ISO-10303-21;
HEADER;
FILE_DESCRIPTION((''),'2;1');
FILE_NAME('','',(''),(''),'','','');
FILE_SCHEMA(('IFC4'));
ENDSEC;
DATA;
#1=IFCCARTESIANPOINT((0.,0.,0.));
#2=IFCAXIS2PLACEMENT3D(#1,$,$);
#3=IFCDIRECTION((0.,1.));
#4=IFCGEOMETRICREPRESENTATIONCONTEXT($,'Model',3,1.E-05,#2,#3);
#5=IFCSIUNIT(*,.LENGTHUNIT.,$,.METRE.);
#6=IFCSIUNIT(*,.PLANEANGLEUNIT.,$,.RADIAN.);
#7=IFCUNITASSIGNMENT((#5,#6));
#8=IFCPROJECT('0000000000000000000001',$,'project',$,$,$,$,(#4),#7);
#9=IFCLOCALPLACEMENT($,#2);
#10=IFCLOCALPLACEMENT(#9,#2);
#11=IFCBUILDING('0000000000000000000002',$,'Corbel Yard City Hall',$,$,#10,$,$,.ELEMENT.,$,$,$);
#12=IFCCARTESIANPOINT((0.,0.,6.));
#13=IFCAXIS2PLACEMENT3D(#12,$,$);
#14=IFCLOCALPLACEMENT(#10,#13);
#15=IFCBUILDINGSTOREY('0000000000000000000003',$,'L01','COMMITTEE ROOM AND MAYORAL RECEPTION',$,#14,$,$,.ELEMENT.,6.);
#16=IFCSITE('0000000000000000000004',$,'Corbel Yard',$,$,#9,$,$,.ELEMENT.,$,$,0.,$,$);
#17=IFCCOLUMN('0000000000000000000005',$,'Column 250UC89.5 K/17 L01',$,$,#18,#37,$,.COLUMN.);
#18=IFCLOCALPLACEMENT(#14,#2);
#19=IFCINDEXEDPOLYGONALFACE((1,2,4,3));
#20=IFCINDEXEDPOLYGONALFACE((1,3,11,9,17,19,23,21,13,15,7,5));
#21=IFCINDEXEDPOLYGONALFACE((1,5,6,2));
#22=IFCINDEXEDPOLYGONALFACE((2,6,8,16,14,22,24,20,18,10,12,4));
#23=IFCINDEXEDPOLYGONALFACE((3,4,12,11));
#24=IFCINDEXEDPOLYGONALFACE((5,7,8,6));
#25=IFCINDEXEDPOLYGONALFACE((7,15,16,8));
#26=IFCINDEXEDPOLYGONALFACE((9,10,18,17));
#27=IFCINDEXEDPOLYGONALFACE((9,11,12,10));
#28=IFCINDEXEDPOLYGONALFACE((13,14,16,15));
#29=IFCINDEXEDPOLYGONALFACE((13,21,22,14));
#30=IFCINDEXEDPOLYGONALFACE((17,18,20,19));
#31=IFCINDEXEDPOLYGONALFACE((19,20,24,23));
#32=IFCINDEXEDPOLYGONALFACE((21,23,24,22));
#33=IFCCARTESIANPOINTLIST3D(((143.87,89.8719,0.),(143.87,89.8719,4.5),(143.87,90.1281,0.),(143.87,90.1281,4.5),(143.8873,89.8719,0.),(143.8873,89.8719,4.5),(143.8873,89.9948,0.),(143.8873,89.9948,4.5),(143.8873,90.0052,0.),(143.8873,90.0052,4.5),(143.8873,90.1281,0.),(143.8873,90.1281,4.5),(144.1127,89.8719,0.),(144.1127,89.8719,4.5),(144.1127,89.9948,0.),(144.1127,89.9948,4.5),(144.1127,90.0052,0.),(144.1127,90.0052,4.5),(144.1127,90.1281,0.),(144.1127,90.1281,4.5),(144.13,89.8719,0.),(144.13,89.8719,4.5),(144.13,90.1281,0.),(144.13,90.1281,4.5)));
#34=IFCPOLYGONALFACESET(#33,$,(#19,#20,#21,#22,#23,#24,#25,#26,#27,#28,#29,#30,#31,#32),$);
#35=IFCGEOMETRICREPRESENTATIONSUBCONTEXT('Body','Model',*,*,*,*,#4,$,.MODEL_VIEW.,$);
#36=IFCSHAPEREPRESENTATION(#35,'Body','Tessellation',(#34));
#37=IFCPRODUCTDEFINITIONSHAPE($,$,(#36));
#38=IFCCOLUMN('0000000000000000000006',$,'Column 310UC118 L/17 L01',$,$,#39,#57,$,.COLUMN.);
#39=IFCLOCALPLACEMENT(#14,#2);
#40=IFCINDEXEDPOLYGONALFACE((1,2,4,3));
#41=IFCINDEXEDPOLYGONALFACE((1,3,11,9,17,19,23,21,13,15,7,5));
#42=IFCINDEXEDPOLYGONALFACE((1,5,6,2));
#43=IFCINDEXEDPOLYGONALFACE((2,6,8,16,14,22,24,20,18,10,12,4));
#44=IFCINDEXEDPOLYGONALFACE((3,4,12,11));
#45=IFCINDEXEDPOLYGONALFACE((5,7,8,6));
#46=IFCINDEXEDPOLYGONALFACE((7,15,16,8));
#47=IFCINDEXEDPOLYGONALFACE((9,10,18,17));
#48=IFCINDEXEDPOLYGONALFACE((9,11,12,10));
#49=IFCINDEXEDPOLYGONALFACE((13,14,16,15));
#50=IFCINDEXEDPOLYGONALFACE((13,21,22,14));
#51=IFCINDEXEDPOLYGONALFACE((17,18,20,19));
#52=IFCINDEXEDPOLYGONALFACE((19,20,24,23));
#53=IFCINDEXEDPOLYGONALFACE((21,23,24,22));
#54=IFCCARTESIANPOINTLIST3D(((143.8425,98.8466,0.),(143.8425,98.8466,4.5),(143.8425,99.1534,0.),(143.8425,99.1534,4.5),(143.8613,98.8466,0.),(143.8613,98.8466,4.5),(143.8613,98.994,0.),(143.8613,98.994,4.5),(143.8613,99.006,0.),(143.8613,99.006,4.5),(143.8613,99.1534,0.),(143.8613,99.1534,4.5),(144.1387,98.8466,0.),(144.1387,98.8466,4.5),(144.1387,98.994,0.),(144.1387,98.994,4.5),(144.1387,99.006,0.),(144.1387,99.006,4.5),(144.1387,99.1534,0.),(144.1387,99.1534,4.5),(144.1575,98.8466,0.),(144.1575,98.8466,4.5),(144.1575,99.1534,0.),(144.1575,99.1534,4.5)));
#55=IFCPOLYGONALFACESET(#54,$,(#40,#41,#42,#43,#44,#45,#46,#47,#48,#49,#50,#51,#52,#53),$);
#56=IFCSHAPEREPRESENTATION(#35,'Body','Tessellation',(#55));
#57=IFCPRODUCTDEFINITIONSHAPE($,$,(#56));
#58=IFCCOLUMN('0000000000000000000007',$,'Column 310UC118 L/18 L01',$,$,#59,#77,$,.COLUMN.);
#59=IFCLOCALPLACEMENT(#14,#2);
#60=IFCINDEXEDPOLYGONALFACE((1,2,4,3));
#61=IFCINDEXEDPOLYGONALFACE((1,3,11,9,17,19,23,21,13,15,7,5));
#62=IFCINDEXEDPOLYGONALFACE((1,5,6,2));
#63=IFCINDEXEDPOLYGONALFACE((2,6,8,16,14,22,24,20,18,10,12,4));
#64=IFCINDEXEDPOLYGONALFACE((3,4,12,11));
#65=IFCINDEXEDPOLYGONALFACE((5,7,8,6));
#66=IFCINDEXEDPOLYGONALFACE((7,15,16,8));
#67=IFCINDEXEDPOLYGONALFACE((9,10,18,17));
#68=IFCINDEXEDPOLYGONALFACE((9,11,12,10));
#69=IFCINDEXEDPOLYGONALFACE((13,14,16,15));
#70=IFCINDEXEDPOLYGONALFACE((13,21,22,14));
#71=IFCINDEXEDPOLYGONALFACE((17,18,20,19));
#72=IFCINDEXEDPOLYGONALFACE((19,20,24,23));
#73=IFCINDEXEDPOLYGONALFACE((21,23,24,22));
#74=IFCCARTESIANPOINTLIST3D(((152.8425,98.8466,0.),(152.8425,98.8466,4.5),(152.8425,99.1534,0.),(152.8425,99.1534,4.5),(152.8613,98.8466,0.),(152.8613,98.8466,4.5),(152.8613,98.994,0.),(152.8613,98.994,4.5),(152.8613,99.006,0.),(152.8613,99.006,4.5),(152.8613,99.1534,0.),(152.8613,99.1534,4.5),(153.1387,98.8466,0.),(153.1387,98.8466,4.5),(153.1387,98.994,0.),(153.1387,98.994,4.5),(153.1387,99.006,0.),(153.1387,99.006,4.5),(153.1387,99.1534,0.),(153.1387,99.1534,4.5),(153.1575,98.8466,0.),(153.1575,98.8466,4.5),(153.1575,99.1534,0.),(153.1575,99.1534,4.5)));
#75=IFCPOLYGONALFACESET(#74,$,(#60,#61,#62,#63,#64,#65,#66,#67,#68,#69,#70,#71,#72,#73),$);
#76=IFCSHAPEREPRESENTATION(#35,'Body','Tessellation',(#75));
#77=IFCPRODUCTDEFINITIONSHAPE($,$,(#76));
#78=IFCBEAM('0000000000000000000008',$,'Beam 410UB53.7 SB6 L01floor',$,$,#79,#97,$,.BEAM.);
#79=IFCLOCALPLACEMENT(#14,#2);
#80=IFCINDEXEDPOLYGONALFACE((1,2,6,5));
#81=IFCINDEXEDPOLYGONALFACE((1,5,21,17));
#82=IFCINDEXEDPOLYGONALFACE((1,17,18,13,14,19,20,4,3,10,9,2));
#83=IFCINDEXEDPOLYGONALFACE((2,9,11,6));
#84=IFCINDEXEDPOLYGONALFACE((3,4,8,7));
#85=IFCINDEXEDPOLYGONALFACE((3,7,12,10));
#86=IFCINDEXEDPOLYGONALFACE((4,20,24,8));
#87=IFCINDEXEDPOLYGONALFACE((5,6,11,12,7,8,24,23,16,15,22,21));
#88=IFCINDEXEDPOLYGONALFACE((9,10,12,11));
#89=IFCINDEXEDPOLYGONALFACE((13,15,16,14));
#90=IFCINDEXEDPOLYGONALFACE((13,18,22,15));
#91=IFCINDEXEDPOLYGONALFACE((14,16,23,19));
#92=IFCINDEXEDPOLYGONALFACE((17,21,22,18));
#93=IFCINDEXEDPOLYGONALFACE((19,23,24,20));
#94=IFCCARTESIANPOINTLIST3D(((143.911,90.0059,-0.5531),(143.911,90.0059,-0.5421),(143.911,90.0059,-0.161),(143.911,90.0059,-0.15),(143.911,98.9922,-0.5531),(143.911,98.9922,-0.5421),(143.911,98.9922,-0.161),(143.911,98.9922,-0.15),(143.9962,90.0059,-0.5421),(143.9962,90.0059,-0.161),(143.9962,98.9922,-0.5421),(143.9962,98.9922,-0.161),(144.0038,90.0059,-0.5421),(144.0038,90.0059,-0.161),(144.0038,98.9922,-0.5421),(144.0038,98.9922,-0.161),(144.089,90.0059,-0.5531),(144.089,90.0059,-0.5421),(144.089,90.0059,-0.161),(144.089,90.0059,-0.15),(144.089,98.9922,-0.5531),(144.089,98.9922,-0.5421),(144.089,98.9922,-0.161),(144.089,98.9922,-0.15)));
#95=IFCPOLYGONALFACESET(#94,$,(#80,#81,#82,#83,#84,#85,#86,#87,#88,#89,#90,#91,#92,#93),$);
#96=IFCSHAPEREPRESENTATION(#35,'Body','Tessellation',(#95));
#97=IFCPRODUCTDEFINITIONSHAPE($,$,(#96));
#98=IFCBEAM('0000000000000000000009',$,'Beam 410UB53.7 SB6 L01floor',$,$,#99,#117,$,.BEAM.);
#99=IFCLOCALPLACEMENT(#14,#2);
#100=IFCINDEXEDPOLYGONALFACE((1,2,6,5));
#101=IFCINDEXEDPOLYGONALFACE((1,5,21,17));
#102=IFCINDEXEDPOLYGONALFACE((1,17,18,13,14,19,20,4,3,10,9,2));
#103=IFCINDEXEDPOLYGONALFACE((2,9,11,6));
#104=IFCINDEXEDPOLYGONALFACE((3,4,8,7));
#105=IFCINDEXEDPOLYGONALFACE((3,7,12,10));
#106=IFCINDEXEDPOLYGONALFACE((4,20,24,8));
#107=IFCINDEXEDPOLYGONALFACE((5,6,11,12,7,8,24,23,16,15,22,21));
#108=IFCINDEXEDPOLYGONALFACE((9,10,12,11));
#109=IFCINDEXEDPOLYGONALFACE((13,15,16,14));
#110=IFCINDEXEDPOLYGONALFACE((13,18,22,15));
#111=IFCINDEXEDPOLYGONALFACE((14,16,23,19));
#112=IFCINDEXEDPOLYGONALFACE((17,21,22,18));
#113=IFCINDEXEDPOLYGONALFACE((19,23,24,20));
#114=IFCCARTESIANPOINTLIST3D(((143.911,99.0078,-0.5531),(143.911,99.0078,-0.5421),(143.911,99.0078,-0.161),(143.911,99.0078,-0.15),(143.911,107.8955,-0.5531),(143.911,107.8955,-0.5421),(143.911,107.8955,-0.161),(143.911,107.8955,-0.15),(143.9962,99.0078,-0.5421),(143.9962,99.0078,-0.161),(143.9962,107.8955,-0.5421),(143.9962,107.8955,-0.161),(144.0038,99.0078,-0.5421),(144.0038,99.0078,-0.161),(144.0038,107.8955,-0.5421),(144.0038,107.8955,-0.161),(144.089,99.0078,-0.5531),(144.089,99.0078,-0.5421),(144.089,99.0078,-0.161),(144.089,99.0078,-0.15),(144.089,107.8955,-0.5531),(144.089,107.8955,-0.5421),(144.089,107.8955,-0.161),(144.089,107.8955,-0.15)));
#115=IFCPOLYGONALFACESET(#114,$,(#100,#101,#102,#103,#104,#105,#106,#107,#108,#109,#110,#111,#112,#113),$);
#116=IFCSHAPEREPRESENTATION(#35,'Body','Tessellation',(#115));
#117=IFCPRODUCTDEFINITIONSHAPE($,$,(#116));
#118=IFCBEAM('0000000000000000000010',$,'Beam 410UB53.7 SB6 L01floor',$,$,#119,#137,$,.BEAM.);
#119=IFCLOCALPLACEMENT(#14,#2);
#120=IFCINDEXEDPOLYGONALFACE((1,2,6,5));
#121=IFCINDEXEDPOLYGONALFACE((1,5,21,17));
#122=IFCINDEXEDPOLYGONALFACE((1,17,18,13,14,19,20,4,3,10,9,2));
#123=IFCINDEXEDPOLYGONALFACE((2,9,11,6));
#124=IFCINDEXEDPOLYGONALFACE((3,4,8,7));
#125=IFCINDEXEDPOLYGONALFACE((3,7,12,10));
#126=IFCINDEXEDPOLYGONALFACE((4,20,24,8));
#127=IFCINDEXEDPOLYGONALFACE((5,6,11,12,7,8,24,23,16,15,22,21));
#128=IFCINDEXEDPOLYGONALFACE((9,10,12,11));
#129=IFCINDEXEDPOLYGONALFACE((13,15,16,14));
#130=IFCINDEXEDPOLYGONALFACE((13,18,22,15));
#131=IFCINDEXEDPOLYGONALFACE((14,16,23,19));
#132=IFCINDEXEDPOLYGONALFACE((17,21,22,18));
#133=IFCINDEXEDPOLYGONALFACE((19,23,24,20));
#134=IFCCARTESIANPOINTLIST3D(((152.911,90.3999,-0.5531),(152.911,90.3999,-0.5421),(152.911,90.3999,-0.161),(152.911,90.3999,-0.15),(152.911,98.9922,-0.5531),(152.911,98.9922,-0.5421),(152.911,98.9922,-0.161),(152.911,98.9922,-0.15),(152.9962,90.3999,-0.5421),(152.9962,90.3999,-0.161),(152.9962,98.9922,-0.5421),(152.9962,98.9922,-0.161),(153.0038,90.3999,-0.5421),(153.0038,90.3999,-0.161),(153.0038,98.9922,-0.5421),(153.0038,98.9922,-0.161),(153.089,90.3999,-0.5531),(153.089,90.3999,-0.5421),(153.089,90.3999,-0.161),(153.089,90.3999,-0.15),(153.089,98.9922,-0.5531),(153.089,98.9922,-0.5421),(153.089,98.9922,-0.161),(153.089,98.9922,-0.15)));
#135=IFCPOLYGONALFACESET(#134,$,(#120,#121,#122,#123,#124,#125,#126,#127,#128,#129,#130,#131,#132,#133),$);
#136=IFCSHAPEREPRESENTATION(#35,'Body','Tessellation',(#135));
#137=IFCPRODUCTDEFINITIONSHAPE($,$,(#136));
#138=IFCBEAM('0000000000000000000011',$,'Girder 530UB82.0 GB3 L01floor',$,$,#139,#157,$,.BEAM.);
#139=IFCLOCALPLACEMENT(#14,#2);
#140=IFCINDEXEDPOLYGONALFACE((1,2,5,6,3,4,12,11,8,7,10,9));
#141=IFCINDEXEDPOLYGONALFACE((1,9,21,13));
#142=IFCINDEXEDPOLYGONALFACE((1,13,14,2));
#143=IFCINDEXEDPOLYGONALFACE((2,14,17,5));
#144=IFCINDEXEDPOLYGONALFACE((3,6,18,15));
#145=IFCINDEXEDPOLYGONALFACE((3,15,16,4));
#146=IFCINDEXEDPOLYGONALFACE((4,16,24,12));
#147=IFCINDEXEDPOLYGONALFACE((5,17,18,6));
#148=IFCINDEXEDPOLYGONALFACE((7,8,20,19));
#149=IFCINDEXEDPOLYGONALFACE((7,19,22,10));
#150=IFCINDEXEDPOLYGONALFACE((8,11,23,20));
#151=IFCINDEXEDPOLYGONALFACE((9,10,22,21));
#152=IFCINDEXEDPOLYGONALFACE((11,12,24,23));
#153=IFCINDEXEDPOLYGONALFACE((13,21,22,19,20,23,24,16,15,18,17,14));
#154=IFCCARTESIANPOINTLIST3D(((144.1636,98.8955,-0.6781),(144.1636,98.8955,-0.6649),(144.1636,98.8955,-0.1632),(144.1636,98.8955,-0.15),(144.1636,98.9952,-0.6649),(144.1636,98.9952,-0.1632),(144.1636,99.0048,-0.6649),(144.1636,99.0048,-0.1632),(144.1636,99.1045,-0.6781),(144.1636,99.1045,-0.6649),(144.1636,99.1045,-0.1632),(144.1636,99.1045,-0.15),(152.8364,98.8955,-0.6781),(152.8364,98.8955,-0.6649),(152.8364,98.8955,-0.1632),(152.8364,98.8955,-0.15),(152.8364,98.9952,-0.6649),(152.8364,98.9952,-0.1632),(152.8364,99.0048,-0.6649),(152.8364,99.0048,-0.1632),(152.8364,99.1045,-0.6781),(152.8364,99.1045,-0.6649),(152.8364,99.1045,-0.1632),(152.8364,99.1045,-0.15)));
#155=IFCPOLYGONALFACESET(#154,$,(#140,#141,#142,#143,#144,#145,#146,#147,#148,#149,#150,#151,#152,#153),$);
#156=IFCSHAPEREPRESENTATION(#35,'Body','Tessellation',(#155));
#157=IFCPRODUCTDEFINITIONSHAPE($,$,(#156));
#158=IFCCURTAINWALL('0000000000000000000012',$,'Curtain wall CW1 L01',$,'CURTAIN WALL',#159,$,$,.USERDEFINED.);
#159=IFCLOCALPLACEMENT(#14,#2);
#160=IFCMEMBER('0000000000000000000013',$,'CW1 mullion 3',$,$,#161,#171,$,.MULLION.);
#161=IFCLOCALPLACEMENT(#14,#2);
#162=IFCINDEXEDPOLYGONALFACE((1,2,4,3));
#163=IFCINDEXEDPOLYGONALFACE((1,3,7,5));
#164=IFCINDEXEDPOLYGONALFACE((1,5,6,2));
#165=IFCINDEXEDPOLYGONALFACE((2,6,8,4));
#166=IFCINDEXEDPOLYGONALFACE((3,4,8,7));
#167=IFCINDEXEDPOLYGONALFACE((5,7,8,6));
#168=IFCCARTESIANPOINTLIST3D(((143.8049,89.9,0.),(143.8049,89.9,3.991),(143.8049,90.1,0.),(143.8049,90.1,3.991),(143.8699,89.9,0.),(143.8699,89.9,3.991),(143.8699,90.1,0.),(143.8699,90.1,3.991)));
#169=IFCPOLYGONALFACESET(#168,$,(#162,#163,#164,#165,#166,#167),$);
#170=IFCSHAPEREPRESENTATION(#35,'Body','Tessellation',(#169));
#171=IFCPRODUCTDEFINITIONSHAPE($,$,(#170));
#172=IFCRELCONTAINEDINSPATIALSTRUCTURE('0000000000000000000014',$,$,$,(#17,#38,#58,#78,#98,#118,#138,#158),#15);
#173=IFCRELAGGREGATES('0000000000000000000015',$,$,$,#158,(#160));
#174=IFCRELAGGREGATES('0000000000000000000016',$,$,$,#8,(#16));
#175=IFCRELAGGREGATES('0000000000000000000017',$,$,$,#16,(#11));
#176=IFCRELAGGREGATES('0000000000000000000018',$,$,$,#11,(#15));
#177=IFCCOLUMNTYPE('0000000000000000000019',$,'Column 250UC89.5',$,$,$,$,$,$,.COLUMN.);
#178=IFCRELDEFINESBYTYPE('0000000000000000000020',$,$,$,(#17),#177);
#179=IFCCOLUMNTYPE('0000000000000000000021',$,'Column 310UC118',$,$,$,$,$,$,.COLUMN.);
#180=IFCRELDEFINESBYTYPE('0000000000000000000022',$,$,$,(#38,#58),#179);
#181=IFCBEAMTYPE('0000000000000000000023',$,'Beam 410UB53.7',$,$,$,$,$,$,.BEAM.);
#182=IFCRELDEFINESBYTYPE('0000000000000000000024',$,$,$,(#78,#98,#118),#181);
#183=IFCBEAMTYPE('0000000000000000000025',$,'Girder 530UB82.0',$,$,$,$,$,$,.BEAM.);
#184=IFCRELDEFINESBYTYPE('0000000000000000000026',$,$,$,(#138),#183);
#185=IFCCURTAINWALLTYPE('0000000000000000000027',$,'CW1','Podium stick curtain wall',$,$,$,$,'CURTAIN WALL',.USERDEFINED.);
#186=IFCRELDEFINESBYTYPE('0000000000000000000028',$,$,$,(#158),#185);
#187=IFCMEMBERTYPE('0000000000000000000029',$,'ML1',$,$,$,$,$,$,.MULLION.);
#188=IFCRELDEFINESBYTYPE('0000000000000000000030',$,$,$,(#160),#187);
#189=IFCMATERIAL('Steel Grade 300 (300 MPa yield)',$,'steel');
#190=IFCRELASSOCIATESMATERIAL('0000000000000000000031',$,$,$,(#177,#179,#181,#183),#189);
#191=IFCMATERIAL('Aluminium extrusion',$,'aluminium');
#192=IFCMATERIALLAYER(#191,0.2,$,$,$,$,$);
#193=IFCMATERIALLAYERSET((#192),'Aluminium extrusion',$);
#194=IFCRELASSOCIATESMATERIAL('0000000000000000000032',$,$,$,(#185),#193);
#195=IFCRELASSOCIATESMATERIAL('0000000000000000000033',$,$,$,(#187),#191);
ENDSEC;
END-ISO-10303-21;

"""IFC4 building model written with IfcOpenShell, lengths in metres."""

from ifc_helpers import new_model, si_unit, direction, frame, origin, origin_2d, place, context, subcontext, project, spatial, rectangle, i_section, extrude, material, layer, layer_set, material_profile, profile_set, type_object, element, aggregate, save


model = new_model("IFC4")

# Units and contexts
model_context = context("Model", 3, precision=1e-05, world=origin(), true_north=direction((0.0, 1.0)))
body_context = subcontext(model_context, "Body", "Model", "MODEL_VIEW")
ifc_project = project(units=[si_unit("LENGTHUNIT", "METRE"), si_unit("PLANEANGLEUNIT", "RADIAN")], contexts=[model_context])

# Site, building, storey
site_placement = place(None, origin())
site = spatial("IfcSite", under=ifc_project, at=site_placement, Name="Corbel Yard", CompositionType="ELEMENT", RefElevation=0.0)
building_placement = place(site_placement, origin())
building = spatial("IfcBuilding", under=site, at=building_placement, Name="Corbel Yard City Hall", CompositionType="ELEMENT")
storey_placement = place(building_placement, frame((0.0, 0.0, 6.0)))
storey = spatial("IfcBuildingStorey", under=building, at=storey_placement, Name="L01", Description="COMMITTEE ROOM AND MAYORAL RECEPTION", CompositionType="ELEMENT", Elevation=6.0)

# Columns
ifc_material_1 = material(Name="Steel Grade 300 (300 MPa yield)", Category="steel")
ifc_material_profile_1 = material_profile(ifc_material_1, i_section(OverallWidth=0.2561, OverallDepth=0.26, WebThickness=0.0105, FlangeThickness=0.0173, at=origin_2d()), Name="250UC89.5")
ifc_profile_set_1 = profile_set([ifc_material_profile_1], Name="Steel Grade 300 (300 MPa yield)")
column_type_1 = type_object("IfcColumnType", Name="Column 250UC89.5", PredefinedType="COLUMN", material=ifc_profile_set_1)
column_placement = place(storey_placement, frame((144.0, 90.0, 0.0), z_axis=(0.0, 0.0, 1.0), x_axis=(0.0, 1.0, 0.0)))
element("IfcColumn", 1, at=column_placement, inside=storey, type_object=column_type_1, Name="Column 250UC89.5 K/17 L01", PredefinedType="COLUMN", context=body_context, shape_type="SweptSolid", body=[
    extrude(i_section(OverallWidth=0.2561, OverallDepth=0.26, WebThickness=0.0105, FlangeThickness=0.0173, at=origin_2d()), origin(), (0.0, 0.0, 1.0), 4.5),
])
ifc_material_profile_2 = material_profile(ifc_material_1, i_section(OverallWidth=0.3069, OverallDepth=0.3149, WebThickness=0.012, FlangeThickness=0.0188, at=origin_2d()), Name="310UC118")
ifc_profile_set_2 = profile_set([ifc_material_profile_2], Name="Steel Grade 300 (300 MPa yield)")
column_type_2 = type_object("IfcColumnType", Name="Column 310UC118", PredefinedType="COLUMN", material=ifc_profile_set_2)
for number, where, z_axis, x_axis, name in (
    (2, (144.0, 99.0, 0.0), (0.0, 0.0, 1.0), (0.0, 1.0, 0.0), "Column 310UC118 L/17 L01"),
    (3, (153.0, 99.0, 0.0), (0.0, 0.0, 1.0), (0.0, 1.0, 0.0), "Column 310UC118 L/18 L01"),
):
    element("IfcColumn", number, at=place(storey_placement, frame(where, z_axis=z_axis, x_axis=x_axis)), inside=storey, type_object=column_type_2, Name=name, PredefinedType="COLUMN", context=body_context, shape_type="SweptSolid", body=[
        extrude(i_section(OverallWidth=0.3069, OverallDepth=0.3149, WebThickness=0.012, FlangeThickness=0.0188, at=origin_2d()), origin(), (0.0, 0.0, 1.0), 4.5),
    ])

# Beams
ifc_material_profile_3 = material_profile(ifc_material_1, i_section(OverallWidth=0.178, OverallDepth=0.4031, WebThickness=0.0076, FlangeThickness=0.011, at=origin_2d()), Name="410UB53.7")
ifc_profile_set_3 = profile_set([ifc_material_profile_3], Name="Steel Grade 300 (300 MPa yield)")
beam_type_1 = type_object("IfcBeamType", Name="Beam 410UB53.7", PredefinedType="BEAM", material=ifc_profile_set_3)
beam_1_placement = place(storey_placement, frame((144.0, 90.0059, -0.3516), z_axis=(0.0, 1.0, 0.0), x_axis=(-1.0, 0.0, 0.0)))
element("IfcBeam", 4, at=beam_1_placement, inside=storey, type_object=beam_type_1, Name="Beam 410UB53.7 SB6 L01floor", PredefinedType="BEAM", context=body_context, shape_type="SweptSolid", body=[
    extrude(i_section(OverallWidth=0.178, OverallDepth=0.4031, WebThickness=0.0076, FlangeThickness=0.011, at=origin_2d()), origin(), (0.0, 0.0, 1.0), 8.9863),
])
beam_2_placement = place(storey_placement, frame((144.0, 99.0078, -0.3516), z_axis=(0.0, 1.0, 0.0), x_axis=(-1.0, 0.0, 0.0)))
element("IfcBeam", 5, at=beam_2_placement, inside=storey, type_object=beam_type_1, Name="Beam 410UB53.7 SB6 L01floor", PredefinedType="BEAM", context=body_context, shape_type="SweptSolid", body=[
    extrude(i_section(OverallWidth=0.178, OverallDepth=0.4031, WebThickness=0.0076, FlangeThickness=0.011, at=origin_2d()), origin(), (0.0, 0.0, 1.0), 8.8877),
])
beam_3_placement = place(storey_placement, frame((153.0, 90.3999, -0.3516), z_axis=(0.0, 1.0, 0.0), x_axis=(-1.0, 0.0, 0.0)))
element("IfcBeam", 6, at=beam_3_placement, inside=storey, type_object=beam_type_1, Name="Beam 410UB53.7 SB6 L01floor", PredefinedType="BEAM", context=body_context, shape_type="SweptSolid", body=[
    extrude(i_section(OverallWidth=0.178, OverallDepth=0.4031, WebThickness=0.0076, FlangeThickness=0.011, at=origin_2d()), origin(), (0.0, 0.0, 1.0), 8.5923),
])
ifc_material_profile_4 = material_profile(ifc_material_1, i_section(OverallWidth=0.209, OverallDepth=0.5281, WebThickness=0.0095, FlangeThickness=0.0132, at=origin_2d()), Name="530UB82.0")
ifc_profile_set_4 = profile_set([ifc_material_profile_4], Name="Steel Grade 300 (300 MPa yield)")
beam_type_2 = type_object("IfcBeamType", Name="Girder 530UB82.0", PredefinedType="BEAM", material=ifc_profile_set_4)
beam_4_placement = place(storey_placement, frame((144.1636, 99.0, -0.4141), z_axis=(1.0, 0.0, 0.0), x_axis=(0.0, 1.0, 0.0)))
element("IfcBeam", 7, at=beam_4_placement, inside=storey, type_object=beam_type_2, Name="Girder 530UB82.0 GB3 L01floor", PredefinedType="BEAM", context=body_context, shape_type="SweptSolid", body=[
    extrude(i_section(OverallWidth=0.209, OverallDepth=0.5281, WebThickness=0.0095, FlangeThickness=0.0132, at=origin_2d()), origin(), (0.0, 0.0, 1.0), 8.6729),
])

# Curtain wall, member
ifc_material_2 = material(Name="Aluminium extrusion", Category="aluminium")
ifc_layer_1 = layer(ifc_material_2, 0.2)
ifc_layer_set_1 = layer_set([ifc_layer_1], Name="Aluminium extrusion")
curtain_wall_type = type_object("IfcCurtainWallType", Name="CW1", Description="Podium stick curtain wall", ElementType="CURTAIN WALL", PredefinedType="USERDEFINED", material=ifc_layer_set_1)
curtain_wall_placement = place(storey_placement, origin())
curtain_wall = element("IfcCurtainWall", 8, at=curtain_wall_placement, inside=storey, type_object=curtain_wall_type, Name="Curtain wall CW1 L01", ObjectType="CURTAIN WALL", PredefinedType="USERDEFINED")
ifc_material_profile_5 = material_profile(ifc_material_2, rectangle(XDim=0.2, YDim=0.0649, at=origin_2d()), Name="200x65")
ifc_profile_set_5 = profile_set([ifc_material_profile_5], Name="Aluminium extrusion")
member_type = type_object("IfcMemberType", Name="ML1", PredefinedType="MULLION", material=ifc_profile_set_5)
member_placement = place(storey_placement, frame((143.8374, 90.0, 0.0), z_axis=(0.0, 0.0, 1.0), x_axis=(0.0, 1.0, 0.0)))
member = element("IfcMember", 9, at=member_placement, type_object=member_type, Name="CW1 mullion 3", PredefinedType="MULLION", context=body_context, shape_type="SweptSolid", body=[
    extrude(rectangle(XDim=0.2, YDim=0.0649, at=origin_2d()), origin(), (0.0, 0.0, 1.0), 3.991),
])

aggregate(curtain_wall, [member])

save(model, "model.ifc")
